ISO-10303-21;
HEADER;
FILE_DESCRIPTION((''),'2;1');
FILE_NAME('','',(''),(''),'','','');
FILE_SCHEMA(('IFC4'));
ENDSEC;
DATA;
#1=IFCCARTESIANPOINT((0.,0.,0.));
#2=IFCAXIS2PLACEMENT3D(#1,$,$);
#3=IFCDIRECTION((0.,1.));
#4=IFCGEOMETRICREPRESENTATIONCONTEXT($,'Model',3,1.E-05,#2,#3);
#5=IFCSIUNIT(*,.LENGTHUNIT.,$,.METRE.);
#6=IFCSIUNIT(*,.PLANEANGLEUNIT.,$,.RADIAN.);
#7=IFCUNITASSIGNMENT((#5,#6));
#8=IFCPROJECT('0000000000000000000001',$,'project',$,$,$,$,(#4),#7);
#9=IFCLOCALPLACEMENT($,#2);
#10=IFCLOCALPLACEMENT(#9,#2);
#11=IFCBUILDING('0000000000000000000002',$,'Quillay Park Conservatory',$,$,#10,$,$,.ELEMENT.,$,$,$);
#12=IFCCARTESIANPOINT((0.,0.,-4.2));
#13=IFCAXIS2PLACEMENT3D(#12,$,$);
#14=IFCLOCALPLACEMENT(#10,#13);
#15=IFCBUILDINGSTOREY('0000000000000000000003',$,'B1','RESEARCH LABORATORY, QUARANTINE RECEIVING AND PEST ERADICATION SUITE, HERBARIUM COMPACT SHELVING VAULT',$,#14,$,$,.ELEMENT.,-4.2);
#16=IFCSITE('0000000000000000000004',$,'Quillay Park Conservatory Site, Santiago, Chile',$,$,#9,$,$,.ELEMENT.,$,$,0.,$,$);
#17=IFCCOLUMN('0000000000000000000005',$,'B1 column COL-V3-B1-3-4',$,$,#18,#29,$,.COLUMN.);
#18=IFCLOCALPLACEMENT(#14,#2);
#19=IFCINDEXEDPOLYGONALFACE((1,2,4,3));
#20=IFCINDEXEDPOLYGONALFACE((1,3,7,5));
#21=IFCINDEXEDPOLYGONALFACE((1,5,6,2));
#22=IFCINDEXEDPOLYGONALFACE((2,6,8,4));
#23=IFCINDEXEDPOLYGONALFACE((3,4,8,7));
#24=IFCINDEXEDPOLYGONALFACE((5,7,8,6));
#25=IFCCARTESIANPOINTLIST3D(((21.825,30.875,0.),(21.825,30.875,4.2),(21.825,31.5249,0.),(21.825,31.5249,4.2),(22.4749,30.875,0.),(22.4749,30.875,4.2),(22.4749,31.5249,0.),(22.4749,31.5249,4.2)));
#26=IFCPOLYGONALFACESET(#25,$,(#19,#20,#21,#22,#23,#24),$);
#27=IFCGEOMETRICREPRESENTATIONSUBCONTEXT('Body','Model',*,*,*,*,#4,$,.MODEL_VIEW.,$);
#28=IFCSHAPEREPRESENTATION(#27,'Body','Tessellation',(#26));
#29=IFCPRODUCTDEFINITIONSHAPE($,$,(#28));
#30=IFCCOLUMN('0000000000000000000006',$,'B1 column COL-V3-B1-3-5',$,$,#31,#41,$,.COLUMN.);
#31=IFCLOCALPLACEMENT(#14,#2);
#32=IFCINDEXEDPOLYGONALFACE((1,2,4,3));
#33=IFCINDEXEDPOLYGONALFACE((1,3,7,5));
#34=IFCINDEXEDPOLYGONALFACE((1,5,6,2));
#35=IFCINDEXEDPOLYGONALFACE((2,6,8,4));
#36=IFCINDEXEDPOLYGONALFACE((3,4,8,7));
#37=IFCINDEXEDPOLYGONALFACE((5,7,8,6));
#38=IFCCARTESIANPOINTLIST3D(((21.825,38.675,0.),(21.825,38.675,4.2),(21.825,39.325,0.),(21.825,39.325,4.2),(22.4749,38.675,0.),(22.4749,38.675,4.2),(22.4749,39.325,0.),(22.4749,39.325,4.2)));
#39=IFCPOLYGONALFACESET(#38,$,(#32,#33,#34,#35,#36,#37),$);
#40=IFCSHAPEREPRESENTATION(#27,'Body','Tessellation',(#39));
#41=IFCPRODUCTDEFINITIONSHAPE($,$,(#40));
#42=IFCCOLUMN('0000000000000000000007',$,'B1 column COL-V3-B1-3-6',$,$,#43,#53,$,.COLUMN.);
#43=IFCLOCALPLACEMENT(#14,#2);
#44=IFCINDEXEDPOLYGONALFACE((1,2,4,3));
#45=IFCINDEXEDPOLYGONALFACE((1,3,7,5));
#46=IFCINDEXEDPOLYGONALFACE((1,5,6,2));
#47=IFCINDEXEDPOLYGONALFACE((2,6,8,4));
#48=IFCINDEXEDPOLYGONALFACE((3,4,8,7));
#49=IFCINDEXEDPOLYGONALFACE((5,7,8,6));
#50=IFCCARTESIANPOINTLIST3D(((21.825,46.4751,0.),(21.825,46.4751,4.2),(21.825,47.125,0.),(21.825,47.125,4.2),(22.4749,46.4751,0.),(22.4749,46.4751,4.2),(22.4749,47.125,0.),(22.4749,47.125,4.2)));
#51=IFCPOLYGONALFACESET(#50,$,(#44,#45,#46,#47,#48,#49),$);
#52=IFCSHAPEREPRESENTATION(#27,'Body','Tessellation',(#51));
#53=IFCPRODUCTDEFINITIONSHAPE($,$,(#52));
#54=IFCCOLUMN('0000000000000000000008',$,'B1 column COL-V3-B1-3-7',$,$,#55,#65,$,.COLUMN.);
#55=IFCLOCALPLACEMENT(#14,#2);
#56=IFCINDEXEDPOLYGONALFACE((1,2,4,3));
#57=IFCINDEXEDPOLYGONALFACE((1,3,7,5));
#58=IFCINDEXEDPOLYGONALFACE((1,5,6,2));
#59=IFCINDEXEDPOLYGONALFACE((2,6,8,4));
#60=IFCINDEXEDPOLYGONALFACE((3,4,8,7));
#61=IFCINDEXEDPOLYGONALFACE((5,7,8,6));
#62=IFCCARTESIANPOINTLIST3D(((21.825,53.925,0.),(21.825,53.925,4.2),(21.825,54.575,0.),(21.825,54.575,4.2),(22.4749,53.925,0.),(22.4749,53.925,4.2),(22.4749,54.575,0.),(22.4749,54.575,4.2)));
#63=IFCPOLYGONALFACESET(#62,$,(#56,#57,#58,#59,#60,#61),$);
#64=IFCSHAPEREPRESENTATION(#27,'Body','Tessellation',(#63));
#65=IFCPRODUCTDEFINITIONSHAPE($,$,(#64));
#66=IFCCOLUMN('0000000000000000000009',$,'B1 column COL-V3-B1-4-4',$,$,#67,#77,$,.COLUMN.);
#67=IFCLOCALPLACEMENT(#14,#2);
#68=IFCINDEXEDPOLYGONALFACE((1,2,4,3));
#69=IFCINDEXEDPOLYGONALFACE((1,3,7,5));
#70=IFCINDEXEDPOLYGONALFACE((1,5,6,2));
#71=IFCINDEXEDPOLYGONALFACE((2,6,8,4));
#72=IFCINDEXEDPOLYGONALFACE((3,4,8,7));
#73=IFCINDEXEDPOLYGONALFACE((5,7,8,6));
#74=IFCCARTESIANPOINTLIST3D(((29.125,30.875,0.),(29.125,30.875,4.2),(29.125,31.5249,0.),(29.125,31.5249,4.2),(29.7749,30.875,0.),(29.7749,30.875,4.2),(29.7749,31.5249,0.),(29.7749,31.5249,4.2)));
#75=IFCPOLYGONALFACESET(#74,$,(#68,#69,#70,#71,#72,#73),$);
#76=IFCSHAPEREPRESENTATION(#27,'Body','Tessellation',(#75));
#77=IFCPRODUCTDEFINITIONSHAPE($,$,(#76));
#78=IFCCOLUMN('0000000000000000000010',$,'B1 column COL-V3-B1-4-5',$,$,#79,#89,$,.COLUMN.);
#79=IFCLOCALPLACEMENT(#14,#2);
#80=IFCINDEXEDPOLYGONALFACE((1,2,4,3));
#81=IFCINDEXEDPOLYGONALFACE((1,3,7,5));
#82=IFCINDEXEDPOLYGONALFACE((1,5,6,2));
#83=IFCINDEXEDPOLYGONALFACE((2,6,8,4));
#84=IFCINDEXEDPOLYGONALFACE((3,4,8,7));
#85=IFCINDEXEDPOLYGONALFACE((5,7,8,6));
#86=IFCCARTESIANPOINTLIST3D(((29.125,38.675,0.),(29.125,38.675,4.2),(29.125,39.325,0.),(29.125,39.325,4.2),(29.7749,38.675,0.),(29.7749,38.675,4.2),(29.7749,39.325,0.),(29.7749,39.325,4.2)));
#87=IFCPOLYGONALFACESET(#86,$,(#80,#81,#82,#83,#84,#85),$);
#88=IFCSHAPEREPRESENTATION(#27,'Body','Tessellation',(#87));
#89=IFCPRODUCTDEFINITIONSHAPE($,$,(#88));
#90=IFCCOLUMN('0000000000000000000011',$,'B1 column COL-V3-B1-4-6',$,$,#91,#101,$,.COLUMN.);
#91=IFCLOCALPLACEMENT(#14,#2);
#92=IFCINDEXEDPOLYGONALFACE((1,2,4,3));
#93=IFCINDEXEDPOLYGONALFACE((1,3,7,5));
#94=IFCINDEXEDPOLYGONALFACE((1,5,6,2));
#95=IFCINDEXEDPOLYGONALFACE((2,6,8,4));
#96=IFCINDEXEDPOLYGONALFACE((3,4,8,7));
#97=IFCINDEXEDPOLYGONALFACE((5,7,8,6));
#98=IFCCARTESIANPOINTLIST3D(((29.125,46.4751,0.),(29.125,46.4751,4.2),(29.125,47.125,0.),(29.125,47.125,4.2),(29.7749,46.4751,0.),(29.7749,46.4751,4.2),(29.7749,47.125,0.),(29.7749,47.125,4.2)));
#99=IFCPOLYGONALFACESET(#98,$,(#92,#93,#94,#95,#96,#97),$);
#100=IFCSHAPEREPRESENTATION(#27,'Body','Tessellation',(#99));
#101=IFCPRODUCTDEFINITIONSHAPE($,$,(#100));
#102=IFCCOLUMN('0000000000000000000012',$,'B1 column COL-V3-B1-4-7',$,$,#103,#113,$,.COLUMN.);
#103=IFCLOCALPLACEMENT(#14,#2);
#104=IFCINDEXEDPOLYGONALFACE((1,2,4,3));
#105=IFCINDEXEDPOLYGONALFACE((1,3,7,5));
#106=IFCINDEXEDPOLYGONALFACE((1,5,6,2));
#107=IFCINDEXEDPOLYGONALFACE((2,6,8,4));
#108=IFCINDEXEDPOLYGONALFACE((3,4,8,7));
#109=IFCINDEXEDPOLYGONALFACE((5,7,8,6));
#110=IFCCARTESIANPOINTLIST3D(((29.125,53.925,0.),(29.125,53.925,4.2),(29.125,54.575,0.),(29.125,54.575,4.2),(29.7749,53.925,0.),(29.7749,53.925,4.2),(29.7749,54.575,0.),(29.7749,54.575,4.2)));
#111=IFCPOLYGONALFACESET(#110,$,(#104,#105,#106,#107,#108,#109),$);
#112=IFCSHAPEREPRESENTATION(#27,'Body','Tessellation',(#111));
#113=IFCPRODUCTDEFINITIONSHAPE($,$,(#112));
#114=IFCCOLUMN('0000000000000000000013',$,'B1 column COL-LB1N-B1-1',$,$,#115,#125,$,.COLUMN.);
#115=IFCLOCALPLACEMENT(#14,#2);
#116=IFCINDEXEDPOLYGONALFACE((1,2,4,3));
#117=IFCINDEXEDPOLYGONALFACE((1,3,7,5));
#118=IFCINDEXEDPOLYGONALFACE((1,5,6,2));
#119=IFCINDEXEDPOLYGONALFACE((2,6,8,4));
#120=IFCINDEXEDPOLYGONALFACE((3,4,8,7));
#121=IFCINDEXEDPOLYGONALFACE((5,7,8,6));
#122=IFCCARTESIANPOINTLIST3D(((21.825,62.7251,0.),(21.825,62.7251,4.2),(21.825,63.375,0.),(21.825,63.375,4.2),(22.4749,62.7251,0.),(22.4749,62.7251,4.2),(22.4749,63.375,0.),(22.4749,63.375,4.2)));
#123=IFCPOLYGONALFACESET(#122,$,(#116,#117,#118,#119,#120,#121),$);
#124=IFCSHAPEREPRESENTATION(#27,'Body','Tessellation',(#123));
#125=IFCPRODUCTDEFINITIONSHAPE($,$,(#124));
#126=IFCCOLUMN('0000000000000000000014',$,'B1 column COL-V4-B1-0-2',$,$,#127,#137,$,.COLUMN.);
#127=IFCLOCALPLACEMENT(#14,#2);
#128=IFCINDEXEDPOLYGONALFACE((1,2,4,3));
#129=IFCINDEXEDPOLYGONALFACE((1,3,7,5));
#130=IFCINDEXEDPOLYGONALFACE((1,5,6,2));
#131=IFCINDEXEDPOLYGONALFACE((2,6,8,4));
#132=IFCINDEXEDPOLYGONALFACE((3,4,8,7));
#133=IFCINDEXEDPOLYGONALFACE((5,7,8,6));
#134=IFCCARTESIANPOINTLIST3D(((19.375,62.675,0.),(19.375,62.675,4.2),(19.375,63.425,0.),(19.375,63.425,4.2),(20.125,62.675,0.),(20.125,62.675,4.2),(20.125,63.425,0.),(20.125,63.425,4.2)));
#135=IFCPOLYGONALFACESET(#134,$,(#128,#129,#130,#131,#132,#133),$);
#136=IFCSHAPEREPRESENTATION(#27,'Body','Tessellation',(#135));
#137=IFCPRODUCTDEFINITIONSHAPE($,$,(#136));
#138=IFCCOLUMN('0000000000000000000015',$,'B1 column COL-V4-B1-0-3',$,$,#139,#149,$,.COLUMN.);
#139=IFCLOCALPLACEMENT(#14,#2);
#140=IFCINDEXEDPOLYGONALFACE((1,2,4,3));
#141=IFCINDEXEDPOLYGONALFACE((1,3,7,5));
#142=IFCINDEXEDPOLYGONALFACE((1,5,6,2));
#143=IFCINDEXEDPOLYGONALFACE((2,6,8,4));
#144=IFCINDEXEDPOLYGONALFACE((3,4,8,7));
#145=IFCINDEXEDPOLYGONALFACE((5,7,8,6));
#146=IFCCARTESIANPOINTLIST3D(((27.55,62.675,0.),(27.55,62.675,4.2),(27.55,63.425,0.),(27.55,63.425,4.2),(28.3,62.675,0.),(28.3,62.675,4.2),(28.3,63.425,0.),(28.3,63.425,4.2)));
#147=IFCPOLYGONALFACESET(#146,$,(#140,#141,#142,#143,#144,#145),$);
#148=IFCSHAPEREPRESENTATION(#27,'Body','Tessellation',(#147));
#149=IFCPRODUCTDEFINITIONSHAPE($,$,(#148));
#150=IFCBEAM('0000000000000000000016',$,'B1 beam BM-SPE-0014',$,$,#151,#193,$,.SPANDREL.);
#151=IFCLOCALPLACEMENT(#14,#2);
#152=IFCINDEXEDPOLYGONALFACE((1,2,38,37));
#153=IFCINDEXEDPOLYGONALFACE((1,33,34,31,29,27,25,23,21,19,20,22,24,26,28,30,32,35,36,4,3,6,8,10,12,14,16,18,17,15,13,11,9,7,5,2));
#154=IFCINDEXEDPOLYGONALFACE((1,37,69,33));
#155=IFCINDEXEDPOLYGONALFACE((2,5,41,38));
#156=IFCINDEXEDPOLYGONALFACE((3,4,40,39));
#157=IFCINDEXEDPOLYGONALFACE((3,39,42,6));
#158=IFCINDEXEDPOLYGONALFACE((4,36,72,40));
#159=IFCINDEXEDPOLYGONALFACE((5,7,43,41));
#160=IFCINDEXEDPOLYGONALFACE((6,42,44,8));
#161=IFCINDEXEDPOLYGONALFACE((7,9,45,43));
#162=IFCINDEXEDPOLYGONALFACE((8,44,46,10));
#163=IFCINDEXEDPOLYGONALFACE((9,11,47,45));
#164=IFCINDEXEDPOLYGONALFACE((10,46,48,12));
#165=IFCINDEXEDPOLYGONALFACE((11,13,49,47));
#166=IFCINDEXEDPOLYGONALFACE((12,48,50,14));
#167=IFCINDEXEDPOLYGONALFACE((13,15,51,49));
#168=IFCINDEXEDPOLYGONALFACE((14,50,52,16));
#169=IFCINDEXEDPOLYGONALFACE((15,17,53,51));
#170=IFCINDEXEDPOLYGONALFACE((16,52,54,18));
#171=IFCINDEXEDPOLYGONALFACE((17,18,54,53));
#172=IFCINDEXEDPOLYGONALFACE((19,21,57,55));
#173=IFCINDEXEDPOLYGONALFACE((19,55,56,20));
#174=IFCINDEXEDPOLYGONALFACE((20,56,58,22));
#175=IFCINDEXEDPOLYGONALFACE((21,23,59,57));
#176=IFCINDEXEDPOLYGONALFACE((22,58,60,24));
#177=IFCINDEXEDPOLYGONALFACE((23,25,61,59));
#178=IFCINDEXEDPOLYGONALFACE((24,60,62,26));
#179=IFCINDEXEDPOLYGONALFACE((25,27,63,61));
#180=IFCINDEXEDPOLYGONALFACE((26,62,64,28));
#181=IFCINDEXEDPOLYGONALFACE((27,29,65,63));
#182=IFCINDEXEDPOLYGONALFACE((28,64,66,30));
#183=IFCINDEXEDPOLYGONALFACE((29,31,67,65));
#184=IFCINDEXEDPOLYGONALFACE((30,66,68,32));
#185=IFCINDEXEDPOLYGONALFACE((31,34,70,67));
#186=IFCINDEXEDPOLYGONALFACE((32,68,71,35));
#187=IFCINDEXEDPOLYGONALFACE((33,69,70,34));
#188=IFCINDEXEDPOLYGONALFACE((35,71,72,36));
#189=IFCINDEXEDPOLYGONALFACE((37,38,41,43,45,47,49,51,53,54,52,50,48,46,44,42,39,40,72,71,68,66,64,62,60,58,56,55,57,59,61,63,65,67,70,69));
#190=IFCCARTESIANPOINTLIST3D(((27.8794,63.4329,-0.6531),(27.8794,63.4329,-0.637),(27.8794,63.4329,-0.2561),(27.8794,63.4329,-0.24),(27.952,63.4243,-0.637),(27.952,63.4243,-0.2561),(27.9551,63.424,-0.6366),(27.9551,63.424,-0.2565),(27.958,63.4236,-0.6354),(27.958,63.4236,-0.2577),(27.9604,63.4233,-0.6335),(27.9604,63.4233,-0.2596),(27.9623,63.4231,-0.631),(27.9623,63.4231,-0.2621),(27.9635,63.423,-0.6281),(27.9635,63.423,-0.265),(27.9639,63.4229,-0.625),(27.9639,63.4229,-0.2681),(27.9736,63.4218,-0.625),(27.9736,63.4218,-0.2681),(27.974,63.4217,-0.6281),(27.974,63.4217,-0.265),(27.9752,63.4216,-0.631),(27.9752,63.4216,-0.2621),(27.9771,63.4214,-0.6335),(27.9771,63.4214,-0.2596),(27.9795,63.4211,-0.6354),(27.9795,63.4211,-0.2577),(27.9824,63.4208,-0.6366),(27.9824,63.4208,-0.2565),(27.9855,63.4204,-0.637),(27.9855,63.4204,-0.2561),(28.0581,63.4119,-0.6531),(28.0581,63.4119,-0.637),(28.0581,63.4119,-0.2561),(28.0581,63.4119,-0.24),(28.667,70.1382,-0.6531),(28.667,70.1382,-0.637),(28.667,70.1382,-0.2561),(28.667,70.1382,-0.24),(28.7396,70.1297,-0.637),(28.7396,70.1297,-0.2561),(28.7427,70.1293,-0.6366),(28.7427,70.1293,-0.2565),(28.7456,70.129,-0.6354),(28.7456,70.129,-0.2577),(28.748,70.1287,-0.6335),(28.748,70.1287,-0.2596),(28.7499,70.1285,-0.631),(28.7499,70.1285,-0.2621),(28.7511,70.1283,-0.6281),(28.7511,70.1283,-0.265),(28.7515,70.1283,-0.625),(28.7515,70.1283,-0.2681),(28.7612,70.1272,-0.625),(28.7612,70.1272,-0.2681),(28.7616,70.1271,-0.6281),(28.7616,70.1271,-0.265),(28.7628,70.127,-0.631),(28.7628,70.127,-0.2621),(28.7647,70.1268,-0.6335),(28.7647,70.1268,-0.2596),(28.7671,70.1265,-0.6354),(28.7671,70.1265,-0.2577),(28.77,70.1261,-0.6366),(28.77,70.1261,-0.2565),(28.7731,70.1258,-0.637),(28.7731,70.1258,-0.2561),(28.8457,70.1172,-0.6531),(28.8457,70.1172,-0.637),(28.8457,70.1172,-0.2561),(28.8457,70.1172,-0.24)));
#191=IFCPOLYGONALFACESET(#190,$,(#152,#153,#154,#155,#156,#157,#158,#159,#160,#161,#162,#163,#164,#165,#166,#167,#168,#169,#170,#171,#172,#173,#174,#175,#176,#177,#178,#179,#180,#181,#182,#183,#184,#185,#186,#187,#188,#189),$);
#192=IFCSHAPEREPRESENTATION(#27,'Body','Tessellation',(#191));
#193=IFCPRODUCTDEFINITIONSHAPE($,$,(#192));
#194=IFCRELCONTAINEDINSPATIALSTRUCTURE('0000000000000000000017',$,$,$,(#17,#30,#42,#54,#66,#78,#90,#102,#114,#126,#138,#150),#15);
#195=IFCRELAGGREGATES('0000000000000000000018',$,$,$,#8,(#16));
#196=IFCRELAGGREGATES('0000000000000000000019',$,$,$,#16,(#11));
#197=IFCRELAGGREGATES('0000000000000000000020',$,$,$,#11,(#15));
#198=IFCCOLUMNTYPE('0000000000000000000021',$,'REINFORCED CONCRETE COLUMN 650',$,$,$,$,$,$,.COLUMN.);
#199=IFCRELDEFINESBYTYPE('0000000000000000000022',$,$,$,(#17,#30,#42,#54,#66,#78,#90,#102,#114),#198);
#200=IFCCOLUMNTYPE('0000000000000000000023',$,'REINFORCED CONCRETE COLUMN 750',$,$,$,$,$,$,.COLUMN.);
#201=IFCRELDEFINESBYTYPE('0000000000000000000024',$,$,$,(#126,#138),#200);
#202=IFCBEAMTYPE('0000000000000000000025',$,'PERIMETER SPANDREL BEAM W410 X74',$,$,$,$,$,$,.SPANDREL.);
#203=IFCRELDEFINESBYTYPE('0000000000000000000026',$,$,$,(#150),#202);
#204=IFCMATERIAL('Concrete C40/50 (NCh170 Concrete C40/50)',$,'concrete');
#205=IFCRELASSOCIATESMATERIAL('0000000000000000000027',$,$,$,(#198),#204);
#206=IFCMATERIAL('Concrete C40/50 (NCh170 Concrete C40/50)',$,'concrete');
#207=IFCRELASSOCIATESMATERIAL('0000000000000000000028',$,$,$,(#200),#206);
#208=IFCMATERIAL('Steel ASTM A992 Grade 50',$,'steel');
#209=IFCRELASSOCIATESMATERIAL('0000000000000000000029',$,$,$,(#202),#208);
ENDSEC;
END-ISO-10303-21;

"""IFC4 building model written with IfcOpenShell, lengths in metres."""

from ifc_helpers import new_model, si_unit, direction, frame, origin, origin_2d, place, context, subcontext, project, spatial, rectangle, i_section, extrude, material, material_profile, profile_set, type_object, element, save


model = new_model("IFC4")

# Units and contexts
model_context = context("Model", 3, precision=1e-05, world=origin(), true_north=direction((0.0, 1.0)))
body_context = subcontext(model_context, "Body", "Model", "MODEL_VIEW")
ifc_project = project(units=[si_unit("LENGTHUNIT", "METRE"), si_unit("PLANEANGLEUNIT", "RADIAN")], contexts=[model_context])

# Site, building, storey
site_placement = place(None, origin())
site = spatial("IfcSite", under=ifc_project, at=site_placement, Name="Quillay Park Conservatory Site, Santiago, Chile", CompositionType="ELEMENT", RefElevation=0.0)
building_placement = place(site_placement, origin())
building = spatial("IfcBuilding", under=site, at=building_placement, Name="Quillay Park Conservatory", CompositionType="ELEMENT")
storey_placement = place(building_placement, frame((0.0, 0.0, -4.2)))
storey = spatial("IfcBuildingStorey", under=building, at=storey_placement, Name="B1", Description="RESEARCH LABORATORY, QUARANTINE RECEIVING AND PEST ERADICATION SUITE, HERBARIUM COMPACT SHELVING VAULT", CompositionType="ELEMENT", Elevation=-4.2)

# Columns
ifc_material_1 = material(Name="Concrete C40/50 (NCh170 Concrete C40/50)", Category="concrete")
ifc_material_profile_1 = material_profile(ifc_material_1, rectangle(XDim=0.6499, YDim=0.6499, at=origin_2d()), Name="RC650x650")
ifc_profile_set_1 = profile_set([ifc_material_profile_1], Name="Concrete C40/50 (NCh170 Concrete C40/50)")
column_type_1 = type_object("IfcColumnType", Name="REINFORCED CONCRETE COLUMN 650", PredefinedType="COLUMN", material=ifc_profile_set_1)
for number, where, z_axis, x_axis, name in (
    (1, (22.1499, 31.2, 0.0), (0.0, 0.0, 1.0), (1.0, 0.0, 0.0), "B1 column COL-V3-B1-3-4"),
    (2, (22.1499, 39.0, 0.0), (0.0, 0.0, 1.0), (1.0, 0.0, 0.0), "B1 column COL-V3-B1-3-5"),
    (3, (22.1499, 46.8, 0.0), (0.0, 0.0, 1.0), (1.0, 0.0, 0.0), "B1 column COL-V3-B1-3-6"),
    (4, (22.1499, 54.25, 0.0), (0.0, 0.0, 1.0), (1.0, 0.0, 0.0), "B1 column COL-V3-B1-3-7"),
    (5, (29.45, 31.2, 0.0), (0.0, 0.0, 1.0), (1.0, 0.0, 0.0), "B1 column COL-V3-B1-4-4"),
    (6, (29.45, 39.0, 0.0), (0.0, 0.0, 1.0), (1.0, 0.0, 0.0), "B1 column COL-V3-B1-4-5"),
    (7, (29.45, 46.8, 0.0), (0.0, 0.0, 1.0), (1.0, 0.0, 0.0), "B1 column COL-V3-B1-4-6"),
    (8, (29.45, 54.25, 0.0), (0.0, 0.0, 1.0), (1.0, 0.0, 0.0), "B1 column COL-V3-B1-4-7"),
    (9, (22.1499, 63.05, 0.0), (0.0, 0.0, 1.0), (1.0, 0.0, 0.0), "B1 column COL-LB1N-B1-1"),
):
    element("IfcColumn", number, at=place(storey_placement, frame(where, z_axis=z_axis, x_axis=x_axis)), inside=storey, type_object=column_type_1, Name=name, PredefinedType="COLUMN", context=body_context, shape_type="SweptSolid", body=[
        extrude(rectangle(XDim=0.6499, YDim=0.6499, at=origin_2d()), origin(), (0.0, 0.0, 1.0), 4.2),
    ])
ifc_material_2 = material(Name="Concrete C40/50 (NCh170 Concrete C40/50)", Category="concrete")
ifc_material_profile_2 = material_profile(ifc_material_2, rectangle(XDim=0.75, YDim=0.75, at=origin_2d()), Name="RC750x750")
ifc_profile_set_2 = profile_set([ifc_material_profile_2], Name="Concrete C40/50 (NCh170 Concrete C40/50)")
column_type_2 = type_object("IfcColumnType", Name="REINFORCED CONCRETE COLUMN 750", PredefinedType="COLUMN", material=ifc_profile_set_2)
for number, where, z_axis, x_axis, name in (
    (10, (19.75, 63.05, 0.0), (0.0, 0.0, 1.0), (1.0, 0.0, 0.0), "B1 column COL-V4-B1-0-2"),
    (11, (27.925, 63.05, 0.0), (0.0, 0.0, 1.0), (1.0, 0.0, 0.0), "B1 column COL-V4-B1-0-3"),
):
    element("IfcColumn", number, at=place(storey_placement, frame(where, z_axis=z_axis, x_axis=x_axis)), inside=storey, type_object=column_type_2, Name=name, PredefinedType="COLUMN", context=body_context, shape_type="SweptSolid", body=[
        extrude(rectangle(XDim=0.75, YDim=0.75, at=origin_2d()), origin(), (0.0, 0.0, 1.0), 4.2),
    ])

# Beam
ifc_material_3 = material(Name="Steel ASTM A992 Grade 50", Category="steel")
ifc_material_profile_3 = material_profile(ifc_material_3, i_section(OverallWidth=0.1799, OverallDepth=0.4131, WebThickness=0.0098, FlangeThickness=0.0161, FilletRadius=0.012, at=origin_2d()), Name="W410x74")
ifc_profile_set_3 = profile_set([ifc_material_profile_3], Name="Steel ASTM A992 Grade 50")
beam_type_1 = type_object("IfcBeamType", Name="PERIMETER SPANDREL BEAM W410 X74", PredefinedType="SPANDREL", material=ifc_profile_set_3)
beam_1_placement = place(storey_placement, frame((27.9688, 63.4224, -0.4465), z_axis=(0.116657, 0.993172, 0.0), x_axis=(-0.993172, 0.116657, 0.0)))
element("IfcBeam", 12, at=beam_1_placement, inside=storey, type_object=beam_type_1, Name="B1 beam BM-SPE-0014", PredefinedType="SPANDREL", context=body_context, shape_type="SweptSolid", body=[
    extrude(i_section(OverallWidth=0.1799, OverallDepth=0.4131, WebThickness=0.0098, FlangeThickness=0.0161, FilletRadius=0.012, at=origin_2d()), origin(), (0.0, 0.0, 1.0), 6.7515),
])

save(model, "model.ifc")
